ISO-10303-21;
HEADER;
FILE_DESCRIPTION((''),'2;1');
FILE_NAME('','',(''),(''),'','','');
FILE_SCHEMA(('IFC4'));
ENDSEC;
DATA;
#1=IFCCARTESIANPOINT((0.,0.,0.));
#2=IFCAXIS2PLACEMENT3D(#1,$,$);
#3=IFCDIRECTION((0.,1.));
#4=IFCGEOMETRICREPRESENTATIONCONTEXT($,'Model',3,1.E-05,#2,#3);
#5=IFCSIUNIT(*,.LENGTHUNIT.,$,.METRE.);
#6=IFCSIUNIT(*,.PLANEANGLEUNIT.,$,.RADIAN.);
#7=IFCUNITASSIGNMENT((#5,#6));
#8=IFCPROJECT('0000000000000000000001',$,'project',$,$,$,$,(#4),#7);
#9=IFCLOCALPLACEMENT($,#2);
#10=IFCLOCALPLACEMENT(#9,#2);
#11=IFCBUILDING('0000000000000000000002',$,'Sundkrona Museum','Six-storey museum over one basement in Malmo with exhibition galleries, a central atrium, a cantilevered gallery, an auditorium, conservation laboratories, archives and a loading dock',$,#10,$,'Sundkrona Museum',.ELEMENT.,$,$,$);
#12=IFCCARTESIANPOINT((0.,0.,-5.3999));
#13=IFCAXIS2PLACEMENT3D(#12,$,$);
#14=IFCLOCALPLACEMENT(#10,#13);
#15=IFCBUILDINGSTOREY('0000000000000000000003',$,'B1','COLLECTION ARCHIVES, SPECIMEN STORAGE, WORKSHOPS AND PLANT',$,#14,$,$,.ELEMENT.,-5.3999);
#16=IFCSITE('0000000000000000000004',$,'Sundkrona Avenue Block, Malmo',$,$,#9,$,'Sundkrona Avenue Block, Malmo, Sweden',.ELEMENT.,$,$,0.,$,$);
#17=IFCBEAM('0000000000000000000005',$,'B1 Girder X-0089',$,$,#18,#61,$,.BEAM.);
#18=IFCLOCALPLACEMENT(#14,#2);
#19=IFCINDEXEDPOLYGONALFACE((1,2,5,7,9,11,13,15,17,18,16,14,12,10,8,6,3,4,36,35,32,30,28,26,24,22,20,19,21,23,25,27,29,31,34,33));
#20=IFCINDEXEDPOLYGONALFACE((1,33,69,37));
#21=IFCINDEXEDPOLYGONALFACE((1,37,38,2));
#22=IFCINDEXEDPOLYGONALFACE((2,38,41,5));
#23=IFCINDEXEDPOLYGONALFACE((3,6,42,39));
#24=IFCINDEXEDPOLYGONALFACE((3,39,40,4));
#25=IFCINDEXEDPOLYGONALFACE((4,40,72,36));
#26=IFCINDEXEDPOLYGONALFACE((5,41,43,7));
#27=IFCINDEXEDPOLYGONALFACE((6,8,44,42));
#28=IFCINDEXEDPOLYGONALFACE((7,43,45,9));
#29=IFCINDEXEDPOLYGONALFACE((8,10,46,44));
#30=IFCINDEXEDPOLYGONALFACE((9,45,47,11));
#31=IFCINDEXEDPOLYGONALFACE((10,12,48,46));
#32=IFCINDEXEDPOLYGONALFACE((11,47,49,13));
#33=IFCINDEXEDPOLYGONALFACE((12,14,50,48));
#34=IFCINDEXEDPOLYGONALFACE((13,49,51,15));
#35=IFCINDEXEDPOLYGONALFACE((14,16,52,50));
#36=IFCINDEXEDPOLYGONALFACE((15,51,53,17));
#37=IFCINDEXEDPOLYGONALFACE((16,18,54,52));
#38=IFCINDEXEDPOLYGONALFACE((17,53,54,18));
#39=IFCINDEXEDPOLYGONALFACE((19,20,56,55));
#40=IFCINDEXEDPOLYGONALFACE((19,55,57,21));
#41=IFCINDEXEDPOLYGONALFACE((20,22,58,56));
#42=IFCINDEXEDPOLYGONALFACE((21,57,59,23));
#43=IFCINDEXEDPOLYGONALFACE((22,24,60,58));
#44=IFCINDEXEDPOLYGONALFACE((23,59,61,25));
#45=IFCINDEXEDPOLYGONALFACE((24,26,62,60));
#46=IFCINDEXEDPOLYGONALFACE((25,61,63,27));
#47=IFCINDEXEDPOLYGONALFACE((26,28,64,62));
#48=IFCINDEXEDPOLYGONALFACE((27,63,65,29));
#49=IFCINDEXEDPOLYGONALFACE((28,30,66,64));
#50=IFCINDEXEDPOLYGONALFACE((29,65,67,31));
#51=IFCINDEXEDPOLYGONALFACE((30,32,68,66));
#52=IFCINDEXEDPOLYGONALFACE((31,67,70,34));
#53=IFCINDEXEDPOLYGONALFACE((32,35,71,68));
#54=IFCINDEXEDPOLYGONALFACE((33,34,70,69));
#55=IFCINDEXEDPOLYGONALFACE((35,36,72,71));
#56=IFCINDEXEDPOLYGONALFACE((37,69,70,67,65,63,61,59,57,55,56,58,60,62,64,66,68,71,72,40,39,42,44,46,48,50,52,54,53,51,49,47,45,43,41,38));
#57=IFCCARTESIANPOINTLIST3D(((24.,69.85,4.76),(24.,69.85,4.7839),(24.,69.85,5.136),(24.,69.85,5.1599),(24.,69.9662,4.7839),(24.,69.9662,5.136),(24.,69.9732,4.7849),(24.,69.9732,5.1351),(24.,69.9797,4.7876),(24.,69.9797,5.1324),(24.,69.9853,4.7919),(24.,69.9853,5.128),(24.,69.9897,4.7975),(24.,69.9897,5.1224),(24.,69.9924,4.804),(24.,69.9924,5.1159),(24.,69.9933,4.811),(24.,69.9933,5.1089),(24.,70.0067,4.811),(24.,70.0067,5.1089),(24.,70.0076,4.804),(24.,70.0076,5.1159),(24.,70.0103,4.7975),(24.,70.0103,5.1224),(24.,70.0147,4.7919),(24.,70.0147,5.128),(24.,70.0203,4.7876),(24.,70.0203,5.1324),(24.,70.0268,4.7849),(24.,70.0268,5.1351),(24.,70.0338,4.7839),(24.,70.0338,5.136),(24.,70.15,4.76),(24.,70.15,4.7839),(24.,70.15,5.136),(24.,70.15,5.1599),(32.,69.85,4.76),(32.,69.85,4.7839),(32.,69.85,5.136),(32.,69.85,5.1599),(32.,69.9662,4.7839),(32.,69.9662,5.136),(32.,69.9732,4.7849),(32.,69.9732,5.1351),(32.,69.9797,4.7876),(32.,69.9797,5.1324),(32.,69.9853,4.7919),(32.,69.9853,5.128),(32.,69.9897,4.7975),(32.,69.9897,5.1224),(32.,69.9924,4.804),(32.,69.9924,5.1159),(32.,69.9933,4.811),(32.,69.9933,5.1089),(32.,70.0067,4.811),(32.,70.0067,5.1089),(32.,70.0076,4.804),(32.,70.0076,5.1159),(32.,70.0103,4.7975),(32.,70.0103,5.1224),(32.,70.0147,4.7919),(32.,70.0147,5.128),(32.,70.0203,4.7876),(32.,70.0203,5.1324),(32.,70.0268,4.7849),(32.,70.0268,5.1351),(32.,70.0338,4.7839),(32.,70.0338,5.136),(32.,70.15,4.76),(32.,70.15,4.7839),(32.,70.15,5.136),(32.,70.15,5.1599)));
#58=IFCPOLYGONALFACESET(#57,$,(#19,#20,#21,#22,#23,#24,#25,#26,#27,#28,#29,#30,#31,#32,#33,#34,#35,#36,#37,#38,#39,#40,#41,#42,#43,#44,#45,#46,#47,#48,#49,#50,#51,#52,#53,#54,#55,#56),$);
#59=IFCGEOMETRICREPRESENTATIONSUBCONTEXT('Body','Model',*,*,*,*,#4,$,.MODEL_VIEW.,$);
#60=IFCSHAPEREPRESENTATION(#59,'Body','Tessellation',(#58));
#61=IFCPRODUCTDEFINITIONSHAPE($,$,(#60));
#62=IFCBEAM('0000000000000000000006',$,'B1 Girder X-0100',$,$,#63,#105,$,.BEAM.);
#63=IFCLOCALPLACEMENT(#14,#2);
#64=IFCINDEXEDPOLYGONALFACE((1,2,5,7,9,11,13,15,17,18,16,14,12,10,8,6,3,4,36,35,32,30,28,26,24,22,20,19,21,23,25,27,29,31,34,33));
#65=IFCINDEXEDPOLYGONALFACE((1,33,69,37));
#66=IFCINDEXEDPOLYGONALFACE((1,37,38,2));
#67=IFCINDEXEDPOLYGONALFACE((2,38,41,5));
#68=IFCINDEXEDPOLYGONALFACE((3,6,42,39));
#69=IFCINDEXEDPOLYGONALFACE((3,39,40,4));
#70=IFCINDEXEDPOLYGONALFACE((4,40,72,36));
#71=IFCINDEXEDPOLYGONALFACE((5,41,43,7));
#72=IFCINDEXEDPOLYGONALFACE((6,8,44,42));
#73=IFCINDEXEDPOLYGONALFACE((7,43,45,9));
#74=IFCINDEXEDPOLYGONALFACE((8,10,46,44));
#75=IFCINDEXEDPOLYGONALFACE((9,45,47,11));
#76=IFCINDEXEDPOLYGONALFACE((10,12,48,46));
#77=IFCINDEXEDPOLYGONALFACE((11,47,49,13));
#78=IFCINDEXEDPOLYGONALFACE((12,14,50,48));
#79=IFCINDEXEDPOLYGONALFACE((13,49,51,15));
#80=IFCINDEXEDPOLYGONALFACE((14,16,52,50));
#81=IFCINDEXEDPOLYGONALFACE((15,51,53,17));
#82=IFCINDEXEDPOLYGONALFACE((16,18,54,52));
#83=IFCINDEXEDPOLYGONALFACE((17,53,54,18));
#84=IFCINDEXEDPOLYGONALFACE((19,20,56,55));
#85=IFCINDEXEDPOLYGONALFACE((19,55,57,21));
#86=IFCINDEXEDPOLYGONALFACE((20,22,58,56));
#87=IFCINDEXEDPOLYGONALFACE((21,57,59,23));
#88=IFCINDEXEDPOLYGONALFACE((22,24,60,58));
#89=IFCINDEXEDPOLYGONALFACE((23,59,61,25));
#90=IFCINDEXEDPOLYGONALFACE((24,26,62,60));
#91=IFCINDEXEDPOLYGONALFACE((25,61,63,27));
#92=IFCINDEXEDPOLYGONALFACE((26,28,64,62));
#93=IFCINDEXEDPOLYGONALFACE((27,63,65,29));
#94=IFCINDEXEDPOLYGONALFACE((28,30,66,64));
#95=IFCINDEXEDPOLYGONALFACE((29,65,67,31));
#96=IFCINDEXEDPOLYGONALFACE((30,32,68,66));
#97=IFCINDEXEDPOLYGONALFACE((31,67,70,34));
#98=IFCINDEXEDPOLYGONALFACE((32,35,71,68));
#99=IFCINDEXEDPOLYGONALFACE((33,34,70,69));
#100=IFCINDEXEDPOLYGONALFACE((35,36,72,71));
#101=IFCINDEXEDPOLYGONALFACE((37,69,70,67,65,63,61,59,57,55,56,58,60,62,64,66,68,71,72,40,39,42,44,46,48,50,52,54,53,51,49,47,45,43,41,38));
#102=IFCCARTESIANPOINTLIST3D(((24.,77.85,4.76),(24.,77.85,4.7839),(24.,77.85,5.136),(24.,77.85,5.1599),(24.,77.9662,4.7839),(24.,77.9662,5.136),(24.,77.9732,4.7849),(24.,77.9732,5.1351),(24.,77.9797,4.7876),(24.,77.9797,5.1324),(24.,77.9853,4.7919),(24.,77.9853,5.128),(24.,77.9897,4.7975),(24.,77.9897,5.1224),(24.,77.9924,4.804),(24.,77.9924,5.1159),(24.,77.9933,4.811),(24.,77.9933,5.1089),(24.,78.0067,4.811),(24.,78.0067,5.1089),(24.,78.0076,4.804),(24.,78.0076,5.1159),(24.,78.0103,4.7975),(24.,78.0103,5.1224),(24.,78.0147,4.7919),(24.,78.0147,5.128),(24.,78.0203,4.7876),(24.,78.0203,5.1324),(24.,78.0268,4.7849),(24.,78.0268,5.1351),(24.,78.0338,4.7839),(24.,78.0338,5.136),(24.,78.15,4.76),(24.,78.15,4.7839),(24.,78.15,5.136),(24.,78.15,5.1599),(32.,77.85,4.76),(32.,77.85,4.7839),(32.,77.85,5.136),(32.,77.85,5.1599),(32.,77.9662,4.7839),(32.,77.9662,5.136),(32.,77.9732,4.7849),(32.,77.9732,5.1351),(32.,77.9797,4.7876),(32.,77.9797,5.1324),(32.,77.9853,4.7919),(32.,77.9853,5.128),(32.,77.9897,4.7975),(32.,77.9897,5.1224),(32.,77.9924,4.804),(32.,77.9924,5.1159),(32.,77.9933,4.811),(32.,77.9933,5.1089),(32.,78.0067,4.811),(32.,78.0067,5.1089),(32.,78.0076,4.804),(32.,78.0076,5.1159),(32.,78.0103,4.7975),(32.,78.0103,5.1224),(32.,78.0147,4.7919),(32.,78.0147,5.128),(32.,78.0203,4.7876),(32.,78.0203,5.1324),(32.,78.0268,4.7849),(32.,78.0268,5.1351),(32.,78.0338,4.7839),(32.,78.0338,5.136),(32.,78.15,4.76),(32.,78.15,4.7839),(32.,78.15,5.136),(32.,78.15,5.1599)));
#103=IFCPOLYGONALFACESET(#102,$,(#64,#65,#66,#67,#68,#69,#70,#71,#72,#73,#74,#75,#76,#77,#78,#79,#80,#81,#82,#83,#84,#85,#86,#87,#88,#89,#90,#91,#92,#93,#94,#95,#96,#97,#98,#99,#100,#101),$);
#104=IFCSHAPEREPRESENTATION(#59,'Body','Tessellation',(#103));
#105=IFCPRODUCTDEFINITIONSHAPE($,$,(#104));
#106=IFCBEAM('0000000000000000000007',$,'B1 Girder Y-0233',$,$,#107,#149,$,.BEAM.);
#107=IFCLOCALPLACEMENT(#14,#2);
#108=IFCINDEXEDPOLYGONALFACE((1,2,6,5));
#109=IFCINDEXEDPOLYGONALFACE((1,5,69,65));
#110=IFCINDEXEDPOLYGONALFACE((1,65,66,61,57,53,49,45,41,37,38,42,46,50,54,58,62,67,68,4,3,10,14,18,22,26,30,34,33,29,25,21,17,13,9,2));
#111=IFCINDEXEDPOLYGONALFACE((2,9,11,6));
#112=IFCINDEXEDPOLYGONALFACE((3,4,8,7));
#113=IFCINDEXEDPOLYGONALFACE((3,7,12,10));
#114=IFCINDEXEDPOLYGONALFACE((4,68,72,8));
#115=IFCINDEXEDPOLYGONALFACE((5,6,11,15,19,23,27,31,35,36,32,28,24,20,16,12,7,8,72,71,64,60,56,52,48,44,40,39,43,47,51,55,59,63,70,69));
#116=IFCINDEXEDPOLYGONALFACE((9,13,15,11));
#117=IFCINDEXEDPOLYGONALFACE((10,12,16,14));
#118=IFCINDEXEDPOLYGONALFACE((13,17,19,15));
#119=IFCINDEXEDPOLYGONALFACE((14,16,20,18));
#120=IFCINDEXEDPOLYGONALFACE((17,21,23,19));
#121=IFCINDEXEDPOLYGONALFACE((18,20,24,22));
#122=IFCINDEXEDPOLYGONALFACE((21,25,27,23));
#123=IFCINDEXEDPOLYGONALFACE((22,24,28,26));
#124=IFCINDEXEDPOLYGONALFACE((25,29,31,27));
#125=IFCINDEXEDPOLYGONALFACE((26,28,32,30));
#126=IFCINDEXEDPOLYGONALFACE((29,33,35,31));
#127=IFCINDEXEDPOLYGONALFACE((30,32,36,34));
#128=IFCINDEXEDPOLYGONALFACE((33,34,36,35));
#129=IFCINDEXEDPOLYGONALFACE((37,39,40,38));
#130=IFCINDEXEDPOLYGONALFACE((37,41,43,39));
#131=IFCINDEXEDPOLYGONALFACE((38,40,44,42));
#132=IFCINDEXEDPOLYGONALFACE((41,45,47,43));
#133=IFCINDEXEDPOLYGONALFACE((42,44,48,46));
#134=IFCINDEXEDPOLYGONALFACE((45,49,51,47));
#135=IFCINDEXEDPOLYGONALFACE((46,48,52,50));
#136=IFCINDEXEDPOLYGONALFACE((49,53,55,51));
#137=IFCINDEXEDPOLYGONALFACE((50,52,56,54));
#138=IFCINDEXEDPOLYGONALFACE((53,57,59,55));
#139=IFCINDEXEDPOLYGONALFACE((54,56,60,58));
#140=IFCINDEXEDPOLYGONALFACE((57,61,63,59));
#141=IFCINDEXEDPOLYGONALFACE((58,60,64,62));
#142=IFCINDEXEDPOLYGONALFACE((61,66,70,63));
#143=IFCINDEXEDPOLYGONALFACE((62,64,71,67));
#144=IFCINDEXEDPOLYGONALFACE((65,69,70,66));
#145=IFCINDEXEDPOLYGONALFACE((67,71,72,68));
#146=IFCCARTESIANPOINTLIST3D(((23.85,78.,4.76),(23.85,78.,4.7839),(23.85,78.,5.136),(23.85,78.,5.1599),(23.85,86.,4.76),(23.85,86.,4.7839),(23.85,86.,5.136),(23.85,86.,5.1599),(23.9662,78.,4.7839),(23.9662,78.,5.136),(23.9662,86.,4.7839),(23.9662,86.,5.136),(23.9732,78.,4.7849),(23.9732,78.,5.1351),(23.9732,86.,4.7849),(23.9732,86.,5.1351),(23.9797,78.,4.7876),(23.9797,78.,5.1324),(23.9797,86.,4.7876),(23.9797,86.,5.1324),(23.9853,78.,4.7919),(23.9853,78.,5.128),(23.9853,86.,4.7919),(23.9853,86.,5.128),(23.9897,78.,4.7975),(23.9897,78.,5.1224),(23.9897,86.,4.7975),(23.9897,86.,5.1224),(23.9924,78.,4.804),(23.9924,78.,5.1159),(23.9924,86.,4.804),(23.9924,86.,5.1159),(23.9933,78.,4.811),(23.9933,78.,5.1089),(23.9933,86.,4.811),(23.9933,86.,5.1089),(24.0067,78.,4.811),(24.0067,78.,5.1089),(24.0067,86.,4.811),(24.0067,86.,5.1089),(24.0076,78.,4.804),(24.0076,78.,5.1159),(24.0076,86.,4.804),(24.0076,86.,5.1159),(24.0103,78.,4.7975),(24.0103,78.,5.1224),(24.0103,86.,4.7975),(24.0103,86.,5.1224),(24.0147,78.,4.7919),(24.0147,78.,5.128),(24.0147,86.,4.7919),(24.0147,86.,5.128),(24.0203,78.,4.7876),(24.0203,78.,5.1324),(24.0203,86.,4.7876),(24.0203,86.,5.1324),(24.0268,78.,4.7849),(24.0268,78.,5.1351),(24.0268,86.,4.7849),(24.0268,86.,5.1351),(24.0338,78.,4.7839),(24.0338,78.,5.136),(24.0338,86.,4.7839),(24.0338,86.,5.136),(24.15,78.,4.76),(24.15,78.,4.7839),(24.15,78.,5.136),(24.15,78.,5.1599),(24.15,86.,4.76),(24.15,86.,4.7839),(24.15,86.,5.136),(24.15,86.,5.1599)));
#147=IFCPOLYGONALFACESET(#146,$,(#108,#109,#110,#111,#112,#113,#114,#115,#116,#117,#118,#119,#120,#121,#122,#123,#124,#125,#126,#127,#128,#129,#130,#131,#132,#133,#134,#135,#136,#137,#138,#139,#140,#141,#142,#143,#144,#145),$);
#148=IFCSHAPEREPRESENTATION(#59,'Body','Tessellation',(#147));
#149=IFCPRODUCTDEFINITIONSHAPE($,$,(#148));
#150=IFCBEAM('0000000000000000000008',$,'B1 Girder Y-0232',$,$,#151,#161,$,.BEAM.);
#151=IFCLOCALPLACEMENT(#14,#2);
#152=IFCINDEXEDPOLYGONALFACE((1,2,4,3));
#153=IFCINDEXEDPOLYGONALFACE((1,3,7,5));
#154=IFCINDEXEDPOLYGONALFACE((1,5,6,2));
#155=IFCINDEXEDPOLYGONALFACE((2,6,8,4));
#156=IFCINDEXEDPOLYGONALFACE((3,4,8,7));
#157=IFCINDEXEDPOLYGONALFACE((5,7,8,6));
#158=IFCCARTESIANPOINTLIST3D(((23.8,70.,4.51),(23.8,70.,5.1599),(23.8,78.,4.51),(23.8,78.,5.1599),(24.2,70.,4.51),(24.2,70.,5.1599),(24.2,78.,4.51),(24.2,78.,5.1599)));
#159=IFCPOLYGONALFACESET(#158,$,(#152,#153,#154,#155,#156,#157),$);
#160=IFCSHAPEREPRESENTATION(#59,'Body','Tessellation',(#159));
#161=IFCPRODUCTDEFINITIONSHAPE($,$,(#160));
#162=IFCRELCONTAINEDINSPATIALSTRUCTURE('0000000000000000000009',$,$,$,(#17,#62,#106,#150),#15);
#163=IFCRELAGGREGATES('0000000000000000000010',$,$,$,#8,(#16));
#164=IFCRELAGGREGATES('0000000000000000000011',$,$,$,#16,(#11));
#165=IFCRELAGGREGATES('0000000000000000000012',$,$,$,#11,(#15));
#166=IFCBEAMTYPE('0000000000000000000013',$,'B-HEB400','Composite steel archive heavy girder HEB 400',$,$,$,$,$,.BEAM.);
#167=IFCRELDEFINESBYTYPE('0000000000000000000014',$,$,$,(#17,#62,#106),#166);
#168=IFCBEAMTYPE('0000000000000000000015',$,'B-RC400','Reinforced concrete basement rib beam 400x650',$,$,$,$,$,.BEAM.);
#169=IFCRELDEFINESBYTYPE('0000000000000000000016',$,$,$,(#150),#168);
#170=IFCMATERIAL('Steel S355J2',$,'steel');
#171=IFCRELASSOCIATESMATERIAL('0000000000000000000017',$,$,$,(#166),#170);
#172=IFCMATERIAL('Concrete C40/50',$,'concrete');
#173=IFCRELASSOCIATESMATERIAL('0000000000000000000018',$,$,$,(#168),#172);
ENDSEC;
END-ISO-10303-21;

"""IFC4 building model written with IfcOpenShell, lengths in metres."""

from ifc_helpers import new_model, si_unit, direction, frame, origin, origin_2d, place, context, subcontext, project, spatial, rectangle, i_section, extrude, material, material_profile, profile_set, type_object, element, save


model = new_model("IFC4")

# Units and contexts
model_context = context("Model", 3, precision=1e-05, world=origin(), true_north=direction((0.0, 1.0)))
body_context = subcontext(model_context, "Body", "Model", "MODEL_VIEW")
ifc_project = project(units=[si_unit("LENGTHUNIT", "METRE"), si_unit("PLANEANGLEUNIT", "RADIAN")], contexts=[model_context])

# Site, building, storey
site_placement = place(None, origin())
site = spatial("IfcSite", under=ifc_project, at=site_placement, Name="Sundkrona Avenue Block, Malmo", LongName="Sundkrona Avenue Block, Malmo, Sweden", CompositionType="ELEMENT", RefElevation=0.0)
building_placement = place(site_placement, origin())
building = spatial("IfcBuilding", under=site, at=building_placement, Name="Sundkrona Museum", Description="Six-storey museum over one basement in Malmo with exhibition galleries, a central atrium, a cantilevered gallery, an auditorium, conservation laboratories, archives and a loading dock", LongName="Sundkrona Museum", CompositionType="ELEMENT")
storey_placement = place(building_placement, frame((0.0, 0.0, -5.3999)))
storey = spatial("IfcBuildingStorey", under=building, at=storey_placement, Name="B1", Description="COLLECTION ARCHIVES, SPECIMEN STORAGE, WORKSHOPS AND PLANT", CompositionType="ELEMENT", Elevation=-5.3999)

# Shared definitions
ifc_material_1 = material(Name="Concrete C40/50", Category="concrete")

# Beams
ifc_material_2 = material(Name="Steel S355J2", Category="steel")
ifc_material_profile_1 = material_profile(ifc_material_2, i_section(OverallWidth=0.3, OverallDepth=0.3999, WebThickness=0.0134, FlangeThickness=0.0239, FilletRadius=0.0271, at=origin_2d()), Name="HEB 400")
ifc_profile_set_1 = profile_set([ifc_material_profile_1], Name="Steel S355J2")
beam_type_1 = type_object("IfcBeamType", Name="B-HEB400", Description="Composite steel archive heavy girder HEB 400", PredefinedType="BEAM", material=ifc_profile_set_1)
for number, where, z_axis, x_axis, name in (
    (1, (24.0, 70.0, 4.96), (1.0, 0.0, 0.0), (0.0, 1.0, 0.0), "B1 Girder X-0089"),
    (2, (24.0, 78.0, 4.96), (1.0, 0.0, 0.0), (0.0, 1.0, 0.0), "B1 Girder X-0100"),
    (3, (24.0, 78.0, 4.96), (0.0, 1.0, 0.0), (-1.0, 0.0, 0.0), "B1 Girder Y-0233"),
):
    element("IfcBeam", number, at=place(storey_placement, frame(where, z_axis=z_axis, x_axis=x_axis)), inside=storey, type_object=beam_type_1, Name=name, PredefinedType="BEAM", context=body_context, shape_type="SweptSolid", body=[
        extrude(i_section(OverallWidth=0.3, OverallDepth=0.3999, WebThickness=0.0134, FlangeThickness=0.0239, FilletRadius=0.0271, at=origin_2d()), origin(), (0.0, 0.0, 1.0), 8.0),
    ])
ifc_material_profile_2 = material_profile(ifc_material_1, rectangle(XDim=0.3999, YDim=0.6499, at=origin_2d()), Name="RCB 400x650")
ifc_profile_set_2 = profile_set([ifc_material_profile_2], Name="Concrete C40/50")
beam_type_2 = type_object("IfcBeamType", Name="B-RC400", Description="Reinforced concrete basement rib beam 400x650", PredefinedType="BEAM", material=ifc_profile_set_2)
beam_placement = place(storey_placement, frame((24.0, 70.0, 4.835), z_axis=(0.0, 1.0, 0.0), x_axis=(-1.0, 0.0, 0.0)))
element("IfcBeam", 4, at=beam_placement, inside=storey, type_object=beam_type_2, Name="B1 Girder Y-0232", PredefinedType="BEAM", context=body_context, shape_type="SweptSolid", body=[
    extrude(rectangle(XDim=0.3999, YDim=0.6499, at=origin_2d()), origin(), (0.0, 0.0, 1.0), 8.0),
])

save(model, "model.ifc")
